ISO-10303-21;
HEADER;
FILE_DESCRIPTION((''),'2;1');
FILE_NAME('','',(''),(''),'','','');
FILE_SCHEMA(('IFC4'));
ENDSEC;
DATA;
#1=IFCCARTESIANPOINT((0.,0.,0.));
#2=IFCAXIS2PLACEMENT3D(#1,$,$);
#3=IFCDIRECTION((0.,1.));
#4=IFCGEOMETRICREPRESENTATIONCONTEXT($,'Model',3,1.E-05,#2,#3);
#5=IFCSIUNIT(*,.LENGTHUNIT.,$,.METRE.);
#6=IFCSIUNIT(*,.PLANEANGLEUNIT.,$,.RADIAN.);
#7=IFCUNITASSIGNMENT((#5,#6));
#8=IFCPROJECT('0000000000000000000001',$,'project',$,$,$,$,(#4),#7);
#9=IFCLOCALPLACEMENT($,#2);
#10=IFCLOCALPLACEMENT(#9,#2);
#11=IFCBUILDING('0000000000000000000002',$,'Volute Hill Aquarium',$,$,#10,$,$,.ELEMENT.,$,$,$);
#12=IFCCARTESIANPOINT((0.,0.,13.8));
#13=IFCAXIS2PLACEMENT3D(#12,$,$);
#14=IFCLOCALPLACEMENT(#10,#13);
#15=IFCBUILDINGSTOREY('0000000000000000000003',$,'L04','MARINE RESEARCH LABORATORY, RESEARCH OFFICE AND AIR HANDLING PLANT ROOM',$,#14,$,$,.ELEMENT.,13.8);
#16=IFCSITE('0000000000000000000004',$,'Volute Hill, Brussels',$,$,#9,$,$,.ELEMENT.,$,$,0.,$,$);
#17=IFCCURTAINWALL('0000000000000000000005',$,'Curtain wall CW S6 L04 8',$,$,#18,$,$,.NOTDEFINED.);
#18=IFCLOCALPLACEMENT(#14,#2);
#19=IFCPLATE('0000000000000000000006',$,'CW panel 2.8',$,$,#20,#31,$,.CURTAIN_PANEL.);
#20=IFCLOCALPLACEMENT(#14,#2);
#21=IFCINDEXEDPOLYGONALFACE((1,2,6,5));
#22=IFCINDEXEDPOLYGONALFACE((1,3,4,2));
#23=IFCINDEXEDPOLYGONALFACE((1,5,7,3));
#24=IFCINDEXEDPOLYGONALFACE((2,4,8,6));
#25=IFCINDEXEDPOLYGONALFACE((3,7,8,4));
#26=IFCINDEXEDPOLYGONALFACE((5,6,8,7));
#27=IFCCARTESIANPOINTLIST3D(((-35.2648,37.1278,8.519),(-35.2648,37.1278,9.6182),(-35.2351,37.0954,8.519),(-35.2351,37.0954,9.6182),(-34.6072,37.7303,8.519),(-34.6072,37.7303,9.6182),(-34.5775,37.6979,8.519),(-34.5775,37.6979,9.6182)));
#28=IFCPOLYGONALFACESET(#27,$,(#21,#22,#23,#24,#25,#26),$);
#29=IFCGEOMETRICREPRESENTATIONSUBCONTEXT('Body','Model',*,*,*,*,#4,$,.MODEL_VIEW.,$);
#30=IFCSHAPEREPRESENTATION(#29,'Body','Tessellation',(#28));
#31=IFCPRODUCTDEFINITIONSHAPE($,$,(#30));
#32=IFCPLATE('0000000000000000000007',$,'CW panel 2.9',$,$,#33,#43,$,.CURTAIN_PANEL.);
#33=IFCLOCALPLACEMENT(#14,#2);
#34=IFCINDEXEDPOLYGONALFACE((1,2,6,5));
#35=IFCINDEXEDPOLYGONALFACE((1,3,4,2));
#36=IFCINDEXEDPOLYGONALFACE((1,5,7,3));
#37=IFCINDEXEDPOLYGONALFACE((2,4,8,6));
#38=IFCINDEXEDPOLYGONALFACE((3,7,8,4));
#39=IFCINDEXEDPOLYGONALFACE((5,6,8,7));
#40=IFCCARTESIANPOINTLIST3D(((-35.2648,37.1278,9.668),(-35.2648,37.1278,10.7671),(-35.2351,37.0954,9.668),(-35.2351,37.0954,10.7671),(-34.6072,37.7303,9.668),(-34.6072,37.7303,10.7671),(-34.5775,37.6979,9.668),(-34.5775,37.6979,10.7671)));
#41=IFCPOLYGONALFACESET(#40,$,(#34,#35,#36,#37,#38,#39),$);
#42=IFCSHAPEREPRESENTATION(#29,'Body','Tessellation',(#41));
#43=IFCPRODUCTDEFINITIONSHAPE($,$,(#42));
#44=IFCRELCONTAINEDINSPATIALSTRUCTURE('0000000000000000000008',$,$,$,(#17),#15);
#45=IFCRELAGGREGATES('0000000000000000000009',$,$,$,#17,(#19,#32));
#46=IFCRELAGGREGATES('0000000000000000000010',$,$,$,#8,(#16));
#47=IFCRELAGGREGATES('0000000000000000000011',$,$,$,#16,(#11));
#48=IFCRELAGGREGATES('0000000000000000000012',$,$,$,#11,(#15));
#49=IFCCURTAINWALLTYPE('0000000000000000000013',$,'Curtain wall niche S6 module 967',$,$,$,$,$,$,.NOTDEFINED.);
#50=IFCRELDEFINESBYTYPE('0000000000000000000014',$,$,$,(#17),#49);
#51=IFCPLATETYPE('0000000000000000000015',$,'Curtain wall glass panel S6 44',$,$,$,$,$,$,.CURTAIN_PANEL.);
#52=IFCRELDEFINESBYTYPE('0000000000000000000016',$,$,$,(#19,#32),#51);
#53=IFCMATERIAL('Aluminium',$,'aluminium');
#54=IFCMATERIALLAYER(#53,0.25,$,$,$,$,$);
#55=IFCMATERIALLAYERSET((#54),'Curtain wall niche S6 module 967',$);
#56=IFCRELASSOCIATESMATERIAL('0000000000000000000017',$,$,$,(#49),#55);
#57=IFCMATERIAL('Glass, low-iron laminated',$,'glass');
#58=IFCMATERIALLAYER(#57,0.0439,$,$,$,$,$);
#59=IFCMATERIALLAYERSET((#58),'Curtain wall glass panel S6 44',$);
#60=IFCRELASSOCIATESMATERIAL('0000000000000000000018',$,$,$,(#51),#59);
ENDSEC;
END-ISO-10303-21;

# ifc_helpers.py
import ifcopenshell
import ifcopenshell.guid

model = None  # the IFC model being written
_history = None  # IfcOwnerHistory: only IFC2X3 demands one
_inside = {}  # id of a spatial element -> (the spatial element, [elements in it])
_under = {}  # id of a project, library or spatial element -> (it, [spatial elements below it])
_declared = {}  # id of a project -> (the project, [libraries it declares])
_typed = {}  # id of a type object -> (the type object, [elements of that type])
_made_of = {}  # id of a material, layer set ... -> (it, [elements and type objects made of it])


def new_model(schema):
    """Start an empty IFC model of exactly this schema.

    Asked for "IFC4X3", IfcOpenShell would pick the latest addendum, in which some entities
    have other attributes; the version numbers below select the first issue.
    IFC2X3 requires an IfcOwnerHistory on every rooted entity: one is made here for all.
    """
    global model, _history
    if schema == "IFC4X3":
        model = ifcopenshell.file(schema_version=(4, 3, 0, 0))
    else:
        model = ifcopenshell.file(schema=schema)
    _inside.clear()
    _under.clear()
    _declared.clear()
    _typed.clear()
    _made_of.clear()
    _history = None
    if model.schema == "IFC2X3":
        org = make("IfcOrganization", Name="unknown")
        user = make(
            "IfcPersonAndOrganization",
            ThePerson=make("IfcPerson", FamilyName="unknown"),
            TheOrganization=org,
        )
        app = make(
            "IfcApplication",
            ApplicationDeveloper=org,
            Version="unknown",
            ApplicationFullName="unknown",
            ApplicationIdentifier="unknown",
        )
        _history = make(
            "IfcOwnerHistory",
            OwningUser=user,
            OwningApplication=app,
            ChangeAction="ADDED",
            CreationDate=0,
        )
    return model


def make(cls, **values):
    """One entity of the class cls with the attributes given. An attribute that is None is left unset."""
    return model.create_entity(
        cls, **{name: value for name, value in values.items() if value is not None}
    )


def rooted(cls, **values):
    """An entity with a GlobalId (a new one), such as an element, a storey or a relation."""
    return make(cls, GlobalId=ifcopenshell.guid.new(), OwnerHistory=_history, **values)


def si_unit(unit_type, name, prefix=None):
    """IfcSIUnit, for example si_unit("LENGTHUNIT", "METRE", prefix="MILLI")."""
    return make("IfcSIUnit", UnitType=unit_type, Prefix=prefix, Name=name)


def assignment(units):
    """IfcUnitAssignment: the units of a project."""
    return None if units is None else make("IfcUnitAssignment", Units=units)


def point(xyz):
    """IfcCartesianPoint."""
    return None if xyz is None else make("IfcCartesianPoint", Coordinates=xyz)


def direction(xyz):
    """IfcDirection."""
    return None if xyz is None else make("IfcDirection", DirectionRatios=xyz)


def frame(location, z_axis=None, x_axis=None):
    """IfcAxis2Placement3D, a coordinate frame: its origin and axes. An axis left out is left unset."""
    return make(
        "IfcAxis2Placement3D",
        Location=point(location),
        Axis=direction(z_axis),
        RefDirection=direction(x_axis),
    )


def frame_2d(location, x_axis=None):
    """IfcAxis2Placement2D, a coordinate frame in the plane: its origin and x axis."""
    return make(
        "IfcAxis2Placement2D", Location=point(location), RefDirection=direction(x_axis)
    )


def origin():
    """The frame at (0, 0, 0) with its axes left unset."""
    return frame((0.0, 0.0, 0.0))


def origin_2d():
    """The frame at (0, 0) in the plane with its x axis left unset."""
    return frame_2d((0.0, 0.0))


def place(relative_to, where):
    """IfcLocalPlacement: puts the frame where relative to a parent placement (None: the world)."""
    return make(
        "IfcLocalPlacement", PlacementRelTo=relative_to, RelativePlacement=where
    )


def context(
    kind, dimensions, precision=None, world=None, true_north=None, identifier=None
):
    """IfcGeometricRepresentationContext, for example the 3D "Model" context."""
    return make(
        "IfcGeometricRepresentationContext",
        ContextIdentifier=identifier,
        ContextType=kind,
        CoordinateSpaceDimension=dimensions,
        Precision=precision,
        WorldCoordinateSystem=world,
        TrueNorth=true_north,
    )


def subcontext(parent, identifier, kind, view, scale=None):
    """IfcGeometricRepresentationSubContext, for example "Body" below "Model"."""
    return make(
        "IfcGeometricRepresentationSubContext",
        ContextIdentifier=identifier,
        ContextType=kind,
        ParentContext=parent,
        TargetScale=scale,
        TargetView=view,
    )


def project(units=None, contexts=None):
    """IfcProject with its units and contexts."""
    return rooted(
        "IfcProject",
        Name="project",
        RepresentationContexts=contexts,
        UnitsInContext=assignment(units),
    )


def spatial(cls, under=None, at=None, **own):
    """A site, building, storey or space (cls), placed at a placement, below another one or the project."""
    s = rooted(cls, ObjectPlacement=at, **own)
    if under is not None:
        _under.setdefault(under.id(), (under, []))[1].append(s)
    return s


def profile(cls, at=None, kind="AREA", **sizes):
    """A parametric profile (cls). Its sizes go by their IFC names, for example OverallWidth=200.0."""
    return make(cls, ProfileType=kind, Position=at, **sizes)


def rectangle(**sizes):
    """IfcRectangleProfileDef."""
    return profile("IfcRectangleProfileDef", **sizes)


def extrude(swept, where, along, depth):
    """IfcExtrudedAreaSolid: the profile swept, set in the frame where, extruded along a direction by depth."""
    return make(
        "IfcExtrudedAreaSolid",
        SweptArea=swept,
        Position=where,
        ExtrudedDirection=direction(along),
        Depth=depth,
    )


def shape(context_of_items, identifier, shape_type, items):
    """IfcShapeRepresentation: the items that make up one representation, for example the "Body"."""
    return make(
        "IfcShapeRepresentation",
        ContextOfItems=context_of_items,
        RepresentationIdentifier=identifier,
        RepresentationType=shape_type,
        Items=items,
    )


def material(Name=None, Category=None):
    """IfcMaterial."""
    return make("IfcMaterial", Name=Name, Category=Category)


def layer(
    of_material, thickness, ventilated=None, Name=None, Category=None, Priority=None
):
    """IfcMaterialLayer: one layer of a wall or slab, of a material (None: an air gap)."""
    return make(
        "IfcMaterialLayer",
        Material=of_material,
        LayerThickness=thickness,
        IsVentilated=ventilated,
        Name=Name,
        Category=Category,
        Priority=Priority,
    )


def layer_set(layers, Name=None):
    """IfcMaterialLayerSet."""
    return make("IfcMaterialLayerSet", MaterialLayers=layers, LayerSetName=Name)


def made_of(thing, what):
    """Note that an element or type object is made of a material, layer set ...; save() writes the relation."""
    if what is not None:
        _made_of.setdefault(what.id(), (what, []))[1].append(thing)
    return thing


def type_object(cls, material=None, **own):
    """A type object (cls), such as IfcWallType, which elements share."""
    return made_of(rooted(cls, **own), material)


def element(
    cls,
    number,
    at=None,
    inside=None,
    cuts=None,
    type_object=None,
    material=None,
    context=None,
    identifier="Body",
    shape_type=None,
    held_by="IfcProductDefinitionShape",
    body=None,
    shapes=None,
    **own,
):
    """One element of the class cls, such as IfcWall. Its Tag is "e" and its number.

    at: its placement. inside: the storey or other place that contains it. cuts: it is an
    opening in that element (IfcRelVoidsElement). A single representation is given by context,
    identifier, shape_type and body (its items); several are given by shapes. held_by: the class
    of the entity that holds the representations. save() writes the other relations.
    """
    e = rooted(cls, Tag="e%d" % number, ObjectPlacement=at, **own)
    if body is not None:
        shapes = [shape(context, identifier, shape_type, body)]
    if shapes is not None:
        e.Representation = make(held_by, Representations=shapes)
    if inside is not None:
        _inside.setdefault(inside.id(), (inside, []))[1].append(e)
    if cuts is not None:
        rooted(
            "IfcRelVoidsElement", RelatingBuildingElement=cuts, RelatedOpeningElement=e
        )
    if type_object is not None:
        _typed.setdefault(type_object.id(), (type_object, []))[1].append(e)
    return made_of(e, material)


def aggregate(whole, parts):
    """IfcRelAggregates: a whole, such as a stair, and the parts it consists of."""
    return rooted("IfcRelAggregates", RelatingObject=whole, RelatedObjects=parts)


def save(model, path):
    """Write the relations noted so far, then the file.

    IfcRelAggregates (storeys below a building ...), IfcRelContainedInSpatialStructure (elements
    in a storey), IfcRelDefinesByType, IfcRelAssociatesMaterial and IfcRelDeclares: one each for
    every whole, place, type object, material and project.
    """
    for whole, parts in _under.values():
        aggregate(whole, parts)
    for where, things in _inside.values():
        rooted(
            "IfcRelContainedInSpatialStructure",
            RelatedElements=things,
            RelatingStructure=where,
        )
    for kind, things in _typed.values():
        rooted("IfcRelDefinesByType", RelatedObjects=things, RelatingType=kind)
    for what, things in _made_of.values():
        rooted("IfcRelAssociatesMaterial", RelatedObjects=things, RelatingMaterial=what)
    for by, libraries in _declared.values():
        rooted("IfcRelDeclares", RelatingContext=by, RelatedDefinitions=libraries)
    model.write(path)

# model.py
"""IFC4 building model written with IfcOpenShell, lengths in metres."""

from ifc_helpers import new_model, si_unit, direction, frame, origin, origin_2d, place, context, subcontext, project, spatial, rectangle, extrude, material, layer, layer_set, type_object, element, aggregate, save


model = new_model("IFC4")

# Units and contexts
model_context = context("Model", 3, precision=1e-05, world=origin(), true_north=direction((0.0, 1.0)))
body_context = subcontext(model_context, "Body", "Model", "MODEL_VIEW")
ifc_project = project(units=[si_unit("LENGTHUNIT", "METRE"), si_unit("PLANEANGLEUNIT", "RADIAN")], contexts=[model_context])

# Site, building, storey
site_placement = place(None, origin())
site = spatial("IfcSite", under=ifc_project, at=site_placement, Name="Volute Hill, Brussels", CompositionType="ELEMENT", RefElevation=0.0)
building_placement = place(site_placement, origin())
building = spatial("IfcBuilding", under=site, at=building_placement, Name="Volute Hill Aquarium", CompositionType="ELEMENT")
storey_placement = place(building_placement, frame((0.0, 0.0, 13.8)))
storey = spatial("IfcBuildingStorey", under=building, at=storey_placement, Name="L04", Description="MARINE RESEARCH LABORATORY, RESEARCH OFFICE AND AIR HANDLING PLANT ROOM", CompositionType="ELEMENT", Elevation=13.8)

# Curtain wall
ifc_material_1 = material(Name="Aluminium", Category="aluminium")
ifc_layer_1 = layer(ifc_material_1, 0.25)
ifc_layer_set_1 = layer_set([ifc_layer_1], Name="Curtain wall niche S6 module 967")
curtain_wall_type = type_object("IfcCurtainWallType", Name="Curtain wall niche S6 module 967", PredefinedType="NOTDEFINED", material=ifc_layer_set_1)
curtain_wall_1_placement = place(storey_placement, origin())
curtain_wall_1 = element("IfcCurtainWall", 1, at=curtain_wall_1_placement, inside=storey, type_object=curtain_wall_type, Name="Curtain wall CW S6 L04 8", PredefinedType="NOTDEFINED")

# Shared definitions
ifc_material_2 = material(Name="Glass, low-iron laminated", Category="glass")
ifc_layer_2 = layer(ifc_material_2, 0.0439)
ifc_layer_set_2 = layer_set([ifc_layer_2], Name="Curtain wall glass panel S6 44")
plate_type = type_object("IfcPlateType", Name="Curtain wall glass panel S6 44", PredefinedType="CURTAIN_PANEL", material=ifc_layer_set_2)

# Plates
plate_1_placement = place(storey_placement, frame((-34.9211, 37.4128, 8.519), z_axis=(0.0, 0.0, 1.0), x_axis=(-0.737285, -0.675582, 0.0)))
plate_1 = element("IfcPlate", 2, at=plate_1_placement, type_object=plate_type, Name="CW panel 2.8", PredefinedType="CURTAIN_PANEL", context=body_context, shape_type="SweptSolid", body=[
    extrude(rectangle(XDim=0.8918, YDim=0.0439, at=origin_2d()), origin(), (0.0, 0.0, 1.0), 1.0991),
])
plate_2_placement = place(storey_placement, frame((-34.9211, 37.4128, 9.668), z_axis=(0.0, 0.0, 1.0), x_axis=(-0.737285, -0.675582, 0.0)))
plate_2 = element("IfcPlate", 3, at=plate_2_placement, type_object=plate_type, Name="CW panel 2.9", PredefinedType="CURTAIN_PANEL", context=body_context, shape_type="SweptSolid", body=[
    extrude(rectangle(XDim=0.8918, YDim=0.0439, at=origin_2d()), origin(), (0.0, 0.0, 1.0), 1.0991),
])
aggregate(curtain_wall_1, [plate_1, plate_2])

save(model, "model.ifc")
